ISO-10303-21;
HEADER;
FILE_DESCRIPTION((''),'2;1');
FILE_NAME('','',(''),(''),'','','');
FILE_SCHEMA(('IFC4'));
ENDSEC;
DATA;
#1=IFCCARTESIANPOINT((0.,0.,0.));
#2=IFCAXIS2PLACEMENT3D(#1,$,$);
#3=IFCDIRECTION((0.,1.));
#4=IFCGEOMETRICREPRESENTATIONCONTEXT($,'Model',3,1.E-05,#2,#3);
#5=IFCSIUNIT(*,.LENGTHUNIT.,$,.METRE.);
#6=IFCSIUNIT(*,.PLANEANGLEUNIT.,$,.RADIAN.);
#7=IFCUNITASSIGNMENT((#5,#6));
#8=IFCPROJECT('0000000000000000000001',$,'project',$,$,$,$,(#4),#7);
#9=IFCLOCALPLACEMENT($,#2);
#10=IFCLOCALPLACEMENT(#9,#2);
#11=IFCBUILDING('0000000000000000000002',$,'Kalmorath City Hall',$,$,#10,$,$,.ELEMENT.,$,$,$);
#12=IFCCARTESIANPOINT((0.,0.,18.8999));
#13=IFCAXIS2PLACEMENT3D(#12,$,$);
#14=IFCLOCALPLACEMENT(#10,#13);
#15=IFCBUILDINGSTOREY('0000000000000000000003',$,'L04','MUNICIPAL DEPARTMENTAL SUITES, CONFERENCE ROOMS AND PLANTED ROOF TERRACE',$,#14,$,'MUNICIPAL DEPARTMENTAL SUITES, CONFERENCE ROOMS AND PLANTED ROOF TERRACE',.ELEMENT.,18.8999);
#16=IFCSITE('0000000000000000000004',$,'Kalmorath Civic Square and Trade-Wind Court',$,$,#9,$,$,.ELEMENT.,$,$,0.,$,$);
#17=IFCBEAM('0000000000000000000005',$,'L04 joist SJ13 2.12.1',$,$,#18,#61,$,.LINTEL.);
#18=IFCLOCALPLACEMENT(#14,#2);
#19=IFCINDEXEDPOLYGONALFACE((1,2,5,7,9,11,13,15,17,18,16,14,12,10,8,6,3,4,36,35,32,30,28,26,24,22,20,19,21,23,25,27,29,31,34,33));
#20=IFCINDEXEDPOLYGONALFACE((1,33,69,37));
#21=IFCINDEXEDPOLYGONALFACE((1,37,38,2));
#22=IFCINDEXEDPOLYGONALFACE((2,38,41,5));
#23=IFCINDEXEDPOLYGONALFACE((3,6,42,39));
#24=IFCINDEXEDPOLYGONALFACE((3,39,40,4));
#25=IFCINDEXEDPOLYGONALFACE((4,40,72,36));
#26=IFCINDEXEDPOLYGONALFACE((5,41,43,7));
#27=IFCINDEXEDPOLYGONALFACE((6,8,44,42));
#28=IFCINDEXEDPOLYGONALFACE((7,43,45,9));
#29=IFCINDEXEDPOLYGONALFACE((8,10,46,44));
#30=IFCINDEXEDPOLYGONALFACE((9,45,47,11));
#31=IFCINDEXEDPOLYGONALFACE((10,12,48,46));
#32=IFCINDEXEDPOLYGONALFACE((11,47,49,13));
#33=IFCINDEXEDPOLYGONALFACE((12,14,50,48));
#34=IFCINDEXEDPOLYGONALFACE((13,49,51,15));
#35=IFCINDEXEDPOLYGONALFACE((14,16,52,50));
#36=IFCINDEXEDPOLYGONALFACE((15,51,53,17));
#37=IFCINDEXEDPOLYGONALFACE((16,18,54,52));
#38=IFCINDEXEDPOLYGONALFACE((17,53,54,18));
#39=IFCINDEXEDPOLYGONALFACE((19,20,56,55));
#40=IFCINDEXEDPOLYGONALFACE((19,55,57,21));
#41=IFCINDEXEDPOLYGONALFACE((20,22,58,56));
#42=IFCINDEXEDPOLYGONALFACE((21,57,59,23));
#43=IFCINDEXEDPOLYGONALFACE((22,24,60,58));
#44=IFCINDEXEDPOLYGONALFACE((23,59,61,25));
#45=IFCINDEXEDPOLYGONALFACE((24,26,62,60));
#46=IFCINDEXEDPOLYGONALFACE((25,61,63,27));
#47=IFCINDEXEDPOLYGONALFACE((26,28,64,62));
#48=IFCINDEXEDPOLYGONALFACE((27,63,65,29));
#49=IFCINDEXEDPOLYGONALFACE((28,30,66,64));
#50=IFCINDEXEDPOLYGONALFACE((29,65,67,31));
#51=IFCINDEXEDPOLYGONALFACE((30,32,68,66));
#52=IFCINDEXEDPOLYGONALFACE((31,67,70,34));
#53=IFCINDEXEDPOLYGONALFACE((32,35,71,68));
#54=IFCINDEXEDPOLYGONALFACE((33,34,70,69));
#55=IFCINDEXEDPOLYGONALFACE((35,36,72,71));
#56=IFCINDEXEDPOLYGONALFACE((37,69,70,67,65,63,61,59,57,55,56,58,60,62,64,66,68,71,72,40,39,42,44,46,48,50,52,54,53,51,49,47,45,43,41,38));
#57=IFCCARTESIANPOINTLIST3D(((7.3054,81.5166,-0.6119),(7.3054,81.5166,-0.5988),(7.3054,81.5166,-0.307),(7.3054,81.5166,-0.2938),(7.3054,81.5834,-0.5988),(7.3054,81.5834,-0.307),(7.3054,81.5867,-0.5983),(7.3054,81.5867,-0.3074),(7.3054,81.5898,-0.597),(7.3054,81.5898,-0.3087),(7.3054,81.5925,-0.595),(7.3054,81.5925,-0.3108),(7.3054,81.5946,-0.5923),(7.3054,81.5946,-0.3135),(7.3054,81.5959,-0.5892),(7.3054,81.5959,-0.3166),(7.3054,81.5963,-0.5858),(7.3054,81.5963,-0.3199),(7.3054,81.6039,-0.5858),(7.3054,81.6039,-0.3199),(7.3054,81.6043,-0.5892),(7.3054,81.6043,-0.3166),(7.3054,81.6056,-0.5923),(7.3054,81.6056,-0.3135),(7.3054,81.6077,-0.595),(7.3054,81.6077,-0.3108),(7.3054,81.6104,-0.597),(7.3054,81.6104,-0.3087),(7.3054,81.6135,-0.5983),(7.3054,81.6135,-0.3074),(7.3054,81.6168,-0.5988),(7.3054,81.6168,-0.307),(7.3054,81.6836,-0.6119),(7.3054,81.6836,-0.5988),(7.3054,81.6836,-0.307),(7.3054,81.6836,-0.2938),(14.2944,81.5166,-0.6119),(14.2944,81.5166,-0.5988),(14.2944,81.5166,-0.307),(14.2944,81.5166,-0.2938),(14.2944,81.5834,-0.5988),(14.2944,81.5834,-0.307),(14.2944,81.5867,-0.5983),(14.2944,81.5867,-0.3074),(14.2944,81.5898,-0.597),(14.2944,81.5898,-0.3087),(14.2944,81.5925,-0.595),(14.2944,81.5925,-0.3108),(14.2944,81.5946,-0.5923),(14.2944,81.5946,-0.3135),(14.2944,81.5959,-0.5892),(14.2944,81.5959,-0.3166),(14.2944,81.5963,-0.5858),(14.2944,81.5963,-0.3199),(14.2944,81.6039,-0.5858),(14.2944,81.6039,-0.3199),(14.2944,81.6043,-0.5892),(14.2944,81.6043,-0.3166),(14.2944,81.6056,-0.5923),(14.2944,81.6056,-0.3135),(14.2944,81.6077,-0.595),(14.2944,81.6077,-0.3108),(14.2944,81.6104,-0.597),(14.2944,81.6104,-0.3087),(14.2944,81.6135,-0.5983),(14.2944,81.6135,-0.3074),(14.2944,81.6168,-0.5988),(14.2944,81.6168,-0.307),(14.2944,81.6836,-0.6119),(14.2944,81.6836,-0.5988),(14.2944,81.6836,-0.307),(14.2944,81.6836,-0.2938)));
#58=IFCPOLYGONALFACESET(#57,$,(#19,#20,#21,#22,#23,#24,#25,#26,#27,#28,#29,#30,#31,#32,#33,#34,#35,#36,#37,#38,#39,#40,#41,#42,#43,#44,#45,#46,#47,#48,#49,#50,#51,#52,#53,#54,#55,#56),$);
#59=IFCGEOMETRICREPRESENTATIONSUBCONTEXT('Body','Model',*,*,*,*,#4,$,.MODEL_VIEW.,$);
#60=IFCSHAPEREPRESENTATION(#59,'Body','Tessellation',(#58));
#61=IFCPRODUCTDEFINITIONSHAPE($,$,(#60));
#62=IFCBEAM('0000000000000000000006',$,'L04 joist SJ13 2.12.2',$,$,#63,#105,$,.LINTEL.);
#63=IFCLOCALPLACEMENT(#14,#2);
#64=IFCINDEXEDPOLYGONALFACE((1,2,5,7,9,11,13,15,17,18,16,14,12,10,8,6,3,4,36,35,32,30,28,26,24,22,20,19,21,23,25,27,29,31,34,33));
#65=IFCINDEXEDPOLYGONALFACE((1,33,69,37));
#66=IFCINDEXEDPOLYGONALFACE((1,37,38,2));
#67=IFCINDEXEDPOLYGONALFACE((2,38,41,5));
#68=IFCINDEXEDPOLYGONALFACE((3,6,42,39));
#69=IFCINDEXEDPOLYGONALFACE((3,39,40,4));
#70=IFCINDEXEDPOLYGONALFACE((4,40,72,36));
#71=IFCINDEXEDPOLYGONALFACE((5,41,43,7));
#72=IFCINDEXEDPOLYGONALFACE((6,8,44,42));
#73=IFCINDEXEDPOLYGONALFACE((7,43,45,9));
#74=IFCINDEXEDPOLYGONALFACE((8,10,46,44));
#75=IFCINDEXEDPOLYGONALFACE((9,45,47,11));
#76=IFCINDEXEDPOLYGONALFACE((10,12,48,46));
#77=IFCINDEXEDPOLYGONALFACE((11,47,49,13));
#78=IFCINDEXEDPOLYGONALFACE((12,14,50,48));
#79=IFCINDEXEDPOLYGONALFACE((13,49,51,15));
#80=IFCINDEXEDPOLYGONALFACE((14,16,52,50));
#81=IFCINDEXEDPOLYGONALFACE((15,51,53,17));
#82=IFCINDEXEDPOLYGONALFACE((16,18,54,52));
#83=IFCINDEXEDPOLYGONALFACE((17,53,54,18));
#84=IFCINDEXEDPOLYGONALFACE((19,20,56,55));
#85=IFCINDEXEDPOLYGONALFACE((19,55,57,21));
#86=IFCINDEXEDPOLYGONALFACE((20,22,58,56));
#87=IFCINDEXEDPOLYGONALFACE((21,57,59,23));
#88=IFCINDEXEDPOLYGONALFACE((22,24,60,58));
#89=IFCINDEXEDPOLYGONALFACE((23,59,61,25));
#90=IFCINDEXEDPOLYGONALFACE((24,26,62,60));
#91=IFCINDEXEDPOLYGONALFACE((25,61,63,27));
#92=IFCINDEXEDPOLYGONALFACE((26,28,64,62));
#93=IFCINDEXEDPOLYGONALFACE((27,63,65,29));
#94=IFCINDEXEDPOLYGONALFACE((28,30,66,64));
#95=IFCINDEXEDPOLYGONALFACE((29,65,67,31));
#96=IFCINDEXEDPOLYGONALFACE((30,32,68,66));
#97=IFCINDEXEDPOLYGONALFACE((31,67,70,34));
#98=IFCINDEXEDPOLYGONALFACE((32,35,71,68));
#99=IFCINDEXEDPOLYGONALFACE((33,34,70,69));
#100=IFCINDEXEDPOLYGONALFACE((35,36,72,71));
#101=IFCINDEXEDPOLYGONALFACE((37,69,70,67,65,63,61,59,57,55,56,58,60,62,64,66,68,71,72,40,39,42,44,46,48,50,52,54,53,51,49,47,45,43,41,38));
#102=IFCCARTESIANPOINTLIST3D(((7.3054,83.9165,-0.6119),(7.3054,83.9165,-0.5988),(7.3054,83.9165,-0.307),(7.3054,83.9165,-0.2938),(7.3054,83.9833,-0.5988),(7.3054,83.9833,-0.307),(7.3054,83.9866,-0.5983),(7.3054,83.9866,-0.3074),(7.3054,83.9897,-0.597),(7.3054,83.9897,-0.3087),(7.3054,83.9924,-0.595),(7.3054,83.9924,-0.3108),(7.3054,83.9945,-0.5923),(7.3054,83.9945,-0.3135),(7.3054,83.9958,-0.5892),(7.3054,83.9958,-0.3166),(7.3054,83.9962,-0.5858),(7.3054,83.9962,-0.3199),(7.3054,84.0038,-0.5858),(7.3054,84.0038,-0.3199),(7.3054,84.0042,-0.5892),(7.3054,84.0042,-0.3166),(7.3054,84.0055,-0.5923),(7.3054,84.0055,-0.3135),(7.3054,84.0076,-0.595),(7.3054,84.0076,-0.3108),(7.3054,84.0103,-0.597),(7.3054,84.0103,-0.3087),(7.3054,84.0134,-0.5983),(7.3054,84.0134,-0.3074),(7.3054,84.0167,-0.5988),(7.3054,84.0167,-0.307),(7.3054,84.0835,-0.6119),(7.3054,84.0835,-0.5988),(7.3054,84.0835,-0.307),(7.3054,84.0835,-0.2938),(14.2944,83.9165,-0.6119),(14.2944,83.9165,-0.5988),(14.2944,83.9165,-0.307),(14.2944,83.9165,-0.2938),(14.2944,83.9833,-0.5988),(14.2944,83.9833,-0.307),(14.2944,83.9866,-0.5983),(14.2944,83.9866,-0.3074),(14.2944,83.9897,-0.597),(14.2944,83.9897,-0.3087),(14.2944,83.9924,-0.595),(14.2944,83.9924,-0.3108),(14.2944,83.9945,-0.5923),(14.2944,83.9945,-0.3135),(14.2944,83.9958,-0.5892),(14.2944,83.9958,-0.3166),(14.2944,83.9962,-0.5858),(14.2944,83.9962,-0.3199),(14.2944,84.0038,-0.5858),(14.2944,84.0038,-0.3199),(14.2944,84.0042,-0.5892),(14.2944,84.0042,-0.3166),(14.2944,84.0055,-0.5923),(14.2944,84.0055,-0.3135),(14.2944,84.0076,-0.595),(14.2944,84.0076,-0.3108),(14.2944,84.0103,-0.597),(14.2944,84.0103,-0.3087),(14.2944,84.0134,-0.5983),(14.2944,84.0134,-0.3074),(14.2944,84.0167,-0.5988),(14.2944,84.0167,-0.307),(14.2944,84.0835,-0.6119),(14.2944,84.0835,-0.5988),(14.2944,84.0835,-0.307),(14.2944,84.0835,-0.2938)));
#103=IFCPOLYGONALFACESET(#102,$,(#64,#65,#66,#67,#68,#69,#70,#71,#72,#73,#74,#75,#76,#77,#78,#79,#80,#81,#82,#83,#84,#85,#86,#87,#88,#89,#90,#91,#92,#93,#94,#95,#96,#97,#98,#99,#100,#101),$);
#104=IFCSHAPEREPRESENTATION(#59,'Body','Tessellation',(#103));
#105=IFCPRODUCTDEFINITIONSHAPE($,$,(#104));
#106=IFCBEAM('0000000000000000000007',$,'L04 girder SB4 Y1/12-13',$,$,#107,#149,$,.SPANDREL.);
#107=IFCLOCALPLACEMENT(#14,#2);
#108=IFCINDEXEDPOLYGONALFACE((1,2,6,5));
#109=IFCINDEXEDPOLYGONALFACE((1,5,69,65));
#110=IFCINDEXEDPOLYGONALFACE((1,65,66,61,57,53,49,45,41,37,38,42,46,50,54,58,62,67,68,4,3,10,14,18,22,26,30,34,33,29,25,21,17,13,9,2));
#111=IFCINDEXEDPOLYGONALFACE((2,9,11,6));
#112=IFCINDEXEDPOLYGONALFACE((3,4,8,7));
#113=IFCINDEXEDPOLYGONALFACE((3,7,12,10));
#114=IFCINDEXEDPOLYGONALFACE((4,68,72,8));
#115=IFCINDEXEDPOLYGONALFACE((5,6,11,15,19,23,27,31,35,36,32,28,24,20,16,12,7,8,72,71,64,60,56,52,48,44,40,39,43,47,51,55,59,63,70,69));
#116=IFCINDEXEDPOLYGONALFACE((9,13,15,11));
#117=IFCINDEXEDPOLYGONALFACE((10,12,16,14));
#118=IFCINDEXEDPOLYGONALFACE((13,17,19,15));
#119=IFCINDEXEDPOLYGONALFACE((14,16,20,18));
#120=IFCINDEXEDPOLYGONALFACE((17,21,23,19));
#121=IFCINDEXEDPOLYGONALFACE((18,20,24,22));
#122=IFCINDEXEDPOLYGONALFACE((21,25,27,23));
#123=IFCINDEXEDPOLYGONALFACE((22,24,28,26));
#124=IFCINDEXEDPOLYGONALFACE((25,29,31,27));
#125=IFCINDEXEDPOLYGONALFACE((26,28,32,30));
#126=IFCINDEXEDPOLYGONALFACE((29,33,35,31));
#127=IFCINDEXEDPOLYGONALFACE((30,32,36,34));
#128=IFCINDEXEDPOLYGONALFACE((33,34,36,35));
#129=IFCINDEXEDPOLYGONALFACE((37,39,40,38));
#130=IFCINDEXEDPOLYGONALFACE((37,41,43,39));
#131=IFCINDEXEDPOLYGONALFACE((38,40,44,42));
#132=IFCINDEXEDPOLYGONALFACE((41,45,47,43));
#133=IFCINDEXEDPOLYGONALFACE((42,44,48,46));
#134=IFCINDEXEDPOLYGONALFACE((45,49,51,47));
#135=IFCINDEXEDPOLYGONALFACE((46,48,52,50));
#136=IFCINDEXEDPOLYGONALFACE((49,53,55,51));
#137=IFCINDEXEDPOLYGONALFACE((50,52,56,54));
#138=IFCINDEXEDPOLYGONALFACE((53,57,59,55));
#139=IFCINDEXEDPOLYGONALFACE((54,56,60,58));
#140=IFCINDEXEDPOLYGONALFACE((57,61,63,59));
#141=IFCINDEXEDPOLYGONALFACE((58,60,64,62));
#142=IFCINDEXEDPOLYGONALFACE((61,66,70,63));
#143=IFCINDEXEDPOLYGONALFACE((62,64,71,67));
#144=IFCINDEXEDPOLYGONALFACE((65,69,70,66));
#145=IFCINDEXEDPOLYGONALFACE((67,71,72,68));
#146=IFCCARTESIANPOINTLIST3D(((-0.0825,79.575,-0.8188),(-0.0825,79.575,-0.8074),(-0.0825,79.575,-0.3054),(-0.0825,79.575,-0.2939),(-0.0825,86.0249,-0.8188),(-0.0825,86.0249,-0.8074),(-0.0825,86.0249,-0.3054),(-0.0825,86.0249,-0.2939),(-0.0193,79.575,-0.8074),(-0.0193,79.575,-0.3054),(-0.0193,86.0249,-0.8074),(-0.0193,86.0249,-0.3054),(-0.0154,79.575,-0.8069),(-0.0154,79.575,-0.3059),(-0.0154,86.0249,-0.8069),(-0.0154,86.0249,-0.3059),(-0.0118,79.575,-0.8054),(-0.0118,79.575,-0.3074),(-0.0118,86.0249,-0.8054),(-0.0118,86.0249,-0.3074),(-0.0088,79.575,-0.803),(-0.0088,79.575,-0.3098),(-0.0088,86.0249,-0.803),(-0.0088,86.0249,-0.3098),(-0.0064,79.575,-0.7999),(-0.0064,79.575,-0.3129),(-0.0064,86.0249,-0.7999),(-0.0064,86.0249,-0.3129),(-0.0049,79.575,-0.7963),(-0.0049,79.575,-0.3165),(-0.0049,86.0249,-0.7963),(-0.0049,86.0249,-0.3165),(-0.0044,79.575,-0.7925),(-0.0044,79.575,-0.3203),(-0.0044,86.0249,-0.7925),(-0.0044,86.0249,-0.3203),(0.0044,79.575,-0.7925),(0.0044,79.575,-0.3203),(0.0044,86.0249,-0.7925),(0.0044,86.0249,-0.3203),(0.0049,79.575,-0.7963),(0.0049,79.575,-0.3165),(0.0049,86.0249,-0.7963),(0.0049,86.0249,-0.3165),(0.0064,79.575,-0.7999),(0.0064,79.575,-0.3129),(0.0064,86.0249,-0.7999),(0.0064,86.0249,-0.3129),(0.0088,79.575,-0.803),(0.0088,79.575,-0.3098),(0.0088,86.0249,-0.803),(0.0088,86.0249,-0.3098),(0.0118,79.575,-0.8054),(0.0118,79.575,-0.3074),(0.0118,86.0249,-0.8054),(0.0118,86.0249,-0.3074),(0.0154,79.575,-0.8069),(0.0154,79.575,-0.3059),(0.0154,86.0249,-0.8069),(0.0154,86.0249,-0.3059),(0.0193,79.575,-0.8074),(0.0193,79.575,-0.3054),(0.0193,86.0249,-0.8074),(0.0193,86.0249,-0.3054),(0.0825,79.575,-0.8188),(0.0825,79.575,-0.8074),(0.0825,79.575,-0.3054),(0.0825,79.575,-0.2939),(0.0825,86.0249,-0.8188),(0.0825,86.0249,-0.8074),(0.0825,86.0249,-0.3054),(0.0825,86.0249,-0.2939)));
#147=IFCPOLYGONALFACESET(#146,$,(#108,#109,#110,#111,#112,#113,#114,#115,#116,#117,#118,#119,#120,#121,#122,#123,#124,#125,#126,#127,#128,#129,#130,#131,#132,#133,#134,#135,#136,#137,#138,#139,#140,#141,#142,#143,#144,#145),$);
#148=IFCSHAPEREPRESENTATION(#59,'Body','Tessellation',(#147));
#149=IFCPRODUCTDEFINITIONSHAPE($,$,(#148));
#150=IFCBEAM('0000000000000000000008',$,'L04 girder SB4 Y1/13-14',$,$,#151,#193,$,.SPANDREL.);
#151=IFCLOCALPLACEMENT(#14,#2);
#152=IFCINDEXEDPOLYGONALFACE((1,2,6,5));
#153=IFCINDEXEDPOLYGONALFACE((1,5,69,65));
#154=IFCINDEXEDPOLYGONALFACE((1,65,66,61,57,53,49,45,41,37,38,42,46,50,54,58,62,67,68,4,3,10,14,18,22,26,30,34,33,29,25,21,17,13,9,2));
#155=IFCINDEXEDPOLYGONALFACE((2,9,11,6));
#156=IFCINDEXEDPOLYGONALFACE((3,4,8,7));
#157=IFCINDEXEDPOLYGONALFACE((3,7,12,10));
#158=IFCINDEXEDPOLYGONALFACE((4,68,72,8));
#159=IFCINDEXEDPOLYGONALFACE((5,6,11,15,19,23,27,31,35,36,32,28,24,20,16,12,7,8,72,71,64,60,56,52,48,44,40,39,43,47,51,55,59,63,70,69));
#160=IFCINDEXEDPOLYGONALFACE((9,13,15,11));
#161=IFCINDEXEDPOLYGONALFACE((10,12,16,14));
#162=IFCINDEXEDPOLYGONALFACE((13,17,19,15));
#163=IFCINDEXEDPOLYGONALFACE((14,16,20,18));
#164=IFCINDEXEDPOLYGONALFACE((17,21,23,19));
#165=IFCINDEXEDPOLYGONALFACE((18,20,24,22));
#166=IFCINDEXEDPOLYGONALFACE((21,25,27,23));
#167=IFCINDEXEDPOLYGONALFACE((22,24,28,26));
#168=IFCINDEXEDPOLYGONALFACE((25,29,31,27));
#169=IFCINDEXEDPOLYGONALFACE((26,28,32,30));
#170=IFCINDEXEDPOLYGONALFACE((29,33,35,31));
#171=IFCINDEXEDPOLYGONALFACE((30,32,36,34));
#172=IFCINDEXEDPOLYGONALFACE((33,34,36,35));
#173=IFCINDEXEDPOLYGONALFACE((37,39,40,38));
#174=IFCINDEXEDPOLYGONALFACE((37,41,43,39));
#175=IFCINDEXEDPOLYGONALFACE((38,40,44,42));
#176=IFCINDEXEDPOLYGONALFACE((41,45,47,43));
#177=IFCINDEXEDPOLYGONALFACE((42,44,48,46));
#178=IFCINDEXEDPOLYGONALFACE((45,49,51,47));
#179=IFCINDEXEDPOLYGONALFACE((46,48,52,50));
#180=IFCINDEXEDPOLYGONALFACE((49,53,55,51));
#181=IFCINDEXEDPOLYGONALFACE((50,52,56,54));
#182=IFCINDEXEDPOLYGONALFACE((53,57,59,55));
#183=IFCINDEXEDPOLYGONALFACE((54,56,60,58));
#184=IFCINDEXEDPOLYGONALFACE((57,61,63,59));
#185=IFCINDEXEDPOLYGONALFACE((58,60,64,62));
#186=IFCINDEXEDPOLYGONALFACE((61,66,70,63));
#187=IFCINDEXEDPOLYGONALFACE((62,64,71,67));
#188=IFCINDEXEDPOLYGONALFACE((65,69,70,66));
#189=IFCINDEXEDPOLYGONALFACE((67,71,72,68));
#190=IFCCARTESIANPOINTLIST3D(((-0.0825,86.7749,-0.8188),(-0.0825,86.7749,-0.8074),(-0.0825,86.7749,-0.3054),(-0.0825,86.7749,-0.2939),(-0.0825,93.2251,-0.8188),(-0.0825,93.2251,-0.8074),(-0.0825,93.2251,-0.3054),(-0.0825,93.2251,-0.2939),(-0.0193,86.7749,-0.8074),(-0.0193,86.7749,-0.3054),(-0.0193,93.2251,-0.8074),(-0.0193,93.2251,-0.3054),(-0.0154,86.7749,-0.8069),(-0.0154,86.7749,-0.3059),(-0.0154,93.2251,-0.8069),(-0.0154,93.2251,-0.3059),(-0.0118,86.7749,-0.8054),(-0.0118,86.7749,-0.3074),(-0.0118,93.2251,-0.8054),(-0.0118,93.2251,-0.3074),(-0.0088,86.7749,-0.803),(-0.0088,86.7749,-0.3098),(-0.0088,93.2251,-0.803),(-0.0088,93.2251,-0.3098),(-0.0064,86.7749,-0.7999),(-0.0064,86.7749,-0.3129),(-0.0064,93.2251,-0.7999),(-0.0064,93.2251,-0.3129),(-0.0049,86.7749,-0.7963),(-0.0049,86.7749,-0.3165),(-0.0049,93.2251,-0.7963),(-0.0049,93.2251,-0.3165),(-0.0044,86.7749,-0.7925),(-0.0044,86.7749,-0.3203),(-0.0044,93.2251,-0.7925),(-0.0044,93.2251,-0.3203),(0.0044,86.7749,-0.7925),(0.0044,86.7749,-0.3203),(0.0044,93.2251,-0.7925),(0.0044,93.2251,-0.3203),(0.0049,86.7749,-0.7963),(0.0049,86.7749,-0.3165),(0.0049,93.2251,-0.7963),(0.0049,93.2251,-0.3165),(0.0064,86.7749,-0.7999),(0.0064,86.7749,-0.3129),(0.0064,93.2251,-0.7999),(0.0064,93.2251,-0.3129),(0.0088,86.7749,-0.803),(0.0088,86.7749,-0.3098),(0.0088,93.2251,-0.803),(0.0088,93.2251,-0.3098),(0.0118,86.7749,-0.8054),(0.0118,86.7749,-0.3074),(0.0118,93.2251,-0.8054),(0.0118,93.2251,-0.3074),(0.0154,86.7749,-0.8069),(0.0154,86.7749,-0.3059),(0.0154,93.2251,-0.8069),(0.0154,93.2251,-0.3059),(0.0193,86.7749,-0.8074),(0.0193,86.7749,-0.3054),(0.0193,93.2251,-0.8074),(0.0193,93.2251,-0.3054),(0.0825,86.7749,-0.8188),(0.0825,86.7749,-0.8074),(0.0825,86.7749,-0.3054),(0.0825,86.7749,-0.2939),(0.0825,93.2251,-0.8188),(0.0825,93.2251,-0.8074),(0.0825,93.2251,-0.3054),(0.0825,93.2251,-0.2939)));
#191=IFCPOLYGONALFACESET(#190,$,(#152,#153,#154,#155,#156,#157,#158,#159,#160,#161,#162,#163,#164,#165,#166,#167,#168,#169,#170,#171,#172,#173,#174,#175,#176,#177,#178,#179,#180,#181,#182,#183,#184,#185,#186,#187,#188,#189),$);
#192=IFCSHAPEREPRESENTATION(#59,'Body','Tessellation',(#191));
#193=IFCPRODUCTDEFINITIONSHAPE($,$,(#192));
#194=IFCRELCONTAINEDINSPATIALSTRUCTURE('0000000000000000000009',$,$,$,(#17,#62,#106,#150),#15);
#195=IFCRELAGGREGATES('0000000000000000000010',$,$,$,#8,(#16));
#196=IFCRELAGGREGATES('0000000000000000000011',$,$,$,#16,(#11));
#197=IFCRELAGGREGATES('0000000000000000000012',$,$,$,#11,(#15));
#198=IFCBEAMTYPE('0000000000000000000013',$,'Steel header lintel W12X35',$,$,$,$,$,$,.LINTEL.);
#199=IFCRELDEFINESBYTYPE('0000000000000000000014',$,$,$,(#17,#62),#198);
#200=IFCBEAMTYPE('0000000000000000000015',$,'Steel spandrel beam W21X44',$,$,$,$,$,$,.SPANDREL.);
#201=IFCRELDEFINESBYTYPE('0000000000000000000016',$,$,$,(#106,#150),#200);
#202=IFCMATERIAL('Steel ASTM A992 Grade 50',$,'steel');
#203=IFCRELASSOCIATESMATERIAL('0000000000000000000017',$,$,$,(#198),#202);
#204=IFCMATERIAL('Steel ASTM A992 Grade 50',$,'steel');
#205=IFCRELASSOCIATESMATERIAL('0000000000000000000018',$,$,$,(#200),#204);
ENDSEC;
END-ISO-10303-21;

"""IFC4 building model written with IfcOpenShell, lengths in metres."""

from ifc_helpers import new_model, si_unit, direction, frame, origin, origin_2d, place, context, subcontext, project, spatial, i_section, extrude, material, material_profile, profile_set, type_object, element, save


model = new_model("IFC4")

# Units and contexts
model_context = context("Model", 3, precision=1e-05, world=origin(), true_north=direction((0.0, 1.0)))
body_context = subcontext(model_context, "Body", "Model", "MODEL_VIEW")
ifc_project = project(units=[si_unit("LENGTHUNIT", "METRE"), si_unit("PLANEANGLEUNIT", "RADIAN")], contexts=[model_context])

# Site, building, storey
site_placement = place(None, origin())
site = spatial("IfcSite", under=ifc_project, at=site_placement, Name="Kalmorath Civic Square and Trade-Wind Court", CompositionType="ELEMENT", RefElevation=0.0)
building_placement = place(site_placement, origin())
building = spatial("IfcBuilding", under=site, at=building_placement, Name="Kalmorath City Hall", CompositionType="ELEMENT")
storey_placement = place(building_placement, frame((0.0, 0.0, 18.8999)))
storey = spatial("IfcBuildingStorey", under=building, at=storey_placement, Name="L04", Description="MUNICIPAL DEPARTMENTAL SUITES, CONFERENCE ROOMS AND PLANTED ROOF TERRACE", LongName="MUNICIPAL DEPARTMENTAL SUITES, CONFERENCE ROOMS AND PLANTED ROOF TERRACE", CompositionType="ELEMENT", Elevation=18.8999)

# Beams
ifc_material_1 = material(Name="Steel ASTM A992 Grade 50", Category="steel")
ifc_material_profile_1 = material_profile(ifc_material_1, i_section(OverallWidth=0.167, OverallDepth=0.3181, WebThickness=0.0076, FlangeThickness=0.0132, FilletRadius=0.0129, at=origin_2d()), Name="W12X35")
ifc_profile_set_1 = profile_set([ifc_material_profile_1], Name="Steel ASTM A992 Grade 50")
beam_type_1 = type_object("IfcBeamType", Name="Steel header lintel W12X35", PredefinedType="LINTEL", material=ifc_profile_set_1)
for number, where, z_axis, x_axis, name in (
    (1, (7.3054, 81.6001, -0.4529), (1.0, 0.0, 0.0), (0.0, 1.0, 0.0), "L04 joist SJ13 2.12.1"),
    (2, (7.3054, 84.0, -0.4529), (1.0, 0.0, 0.0), (0.0, 1.0, 0.0), "L04 joist SJ13 2.12.2"),
):
    element("IfcBeam", number, at=place(storey_placement, frame(where, z_axis=z_axis, x_axis=x_axis)), inside=storey, type_object=beam_type_1, Name=name, PredefinedType="LINTEL", context=body_context, shape_type="SweptSolid", body=[
        extrude(i_section(OverallWidth=0.167, OverallDepth=0.3181, WebThickness=0.0076, FlangeThickness=0.0132, FilletRadius=0.0129, at=origin_2d()), origin(), (0.0, 0.0, 1.0), 6.989),
    ])
ifc_material_2 = material(Name="Steel ASTM A992 Grade 50", Category="steel")
ifc_material_profile_2 = material_profile(ifc_material_2, i_section(OverallWidth=0.165, OverallDepth=0.5249, WebThickness=0.0088, FlangeThickness=0.0115, FilletRadius=0.0149, at=origin_2d()), Name="W21X44")
ifc_profile_set_2 = profile_set([ifc_material_profile_2], Name="Steel ASTM A992 Grade 50")
beam_type_2 = type_object("IfcBeamType", Name="Steel spandrel beam W21X44", PredefinedType="SPANDREL", material=ifc_profile_set_2)
beam_1_placement = place(storey_placement, frame((0.0, 79.575, -0.5564), z_axis=(0.0, 1.0, 0.0), x_axis=(-1.0, 0.0, 0.0)))
element("IfcBeam", 3, at=beam_1_placement, inside=storey, type_object=beam_type_2, Name="L04 girder SB4 Y1/12-13", PredefinedType="SPANDREL", context=body_context, shape_type="SweptSolid", body=[
    extrude(i_section(OverallWidth=0.165, OverallDepth=0.5249, WebThickness=0.0088, FlangeThickness=0.0115, FilletRadius=0.0149, at=origin_2d()), origin(), (0.0, 0.0, 1.0), 6.45),
])
beam_2_placement = place(storey_placement, frame((0.0, 86.7749, -0.5564), z_axis=(0.0, 1.0, 0.0), x_axis=(-1.0, 0.0, 0.0)))
element("IfcBeam", 4, at=beam_2_placement, inside=storey, type_object=beam_type_2, Name="L04 girder SB4 Y1/13-14", PredefinedType="SPANDREL", context=body_context, shape_type="SweptSolid", body=[
    extrude(i_section(OverallWidth=0.165, OverallDepth=0.5249, WebThickness=0.0088, FlangeThickness=0.0115, FilletRadius=0.0149, at=origin_2d()), origin(), (0.0, 0.0, 1.0), 6.4502),
])

save(model, "model.ifc")
